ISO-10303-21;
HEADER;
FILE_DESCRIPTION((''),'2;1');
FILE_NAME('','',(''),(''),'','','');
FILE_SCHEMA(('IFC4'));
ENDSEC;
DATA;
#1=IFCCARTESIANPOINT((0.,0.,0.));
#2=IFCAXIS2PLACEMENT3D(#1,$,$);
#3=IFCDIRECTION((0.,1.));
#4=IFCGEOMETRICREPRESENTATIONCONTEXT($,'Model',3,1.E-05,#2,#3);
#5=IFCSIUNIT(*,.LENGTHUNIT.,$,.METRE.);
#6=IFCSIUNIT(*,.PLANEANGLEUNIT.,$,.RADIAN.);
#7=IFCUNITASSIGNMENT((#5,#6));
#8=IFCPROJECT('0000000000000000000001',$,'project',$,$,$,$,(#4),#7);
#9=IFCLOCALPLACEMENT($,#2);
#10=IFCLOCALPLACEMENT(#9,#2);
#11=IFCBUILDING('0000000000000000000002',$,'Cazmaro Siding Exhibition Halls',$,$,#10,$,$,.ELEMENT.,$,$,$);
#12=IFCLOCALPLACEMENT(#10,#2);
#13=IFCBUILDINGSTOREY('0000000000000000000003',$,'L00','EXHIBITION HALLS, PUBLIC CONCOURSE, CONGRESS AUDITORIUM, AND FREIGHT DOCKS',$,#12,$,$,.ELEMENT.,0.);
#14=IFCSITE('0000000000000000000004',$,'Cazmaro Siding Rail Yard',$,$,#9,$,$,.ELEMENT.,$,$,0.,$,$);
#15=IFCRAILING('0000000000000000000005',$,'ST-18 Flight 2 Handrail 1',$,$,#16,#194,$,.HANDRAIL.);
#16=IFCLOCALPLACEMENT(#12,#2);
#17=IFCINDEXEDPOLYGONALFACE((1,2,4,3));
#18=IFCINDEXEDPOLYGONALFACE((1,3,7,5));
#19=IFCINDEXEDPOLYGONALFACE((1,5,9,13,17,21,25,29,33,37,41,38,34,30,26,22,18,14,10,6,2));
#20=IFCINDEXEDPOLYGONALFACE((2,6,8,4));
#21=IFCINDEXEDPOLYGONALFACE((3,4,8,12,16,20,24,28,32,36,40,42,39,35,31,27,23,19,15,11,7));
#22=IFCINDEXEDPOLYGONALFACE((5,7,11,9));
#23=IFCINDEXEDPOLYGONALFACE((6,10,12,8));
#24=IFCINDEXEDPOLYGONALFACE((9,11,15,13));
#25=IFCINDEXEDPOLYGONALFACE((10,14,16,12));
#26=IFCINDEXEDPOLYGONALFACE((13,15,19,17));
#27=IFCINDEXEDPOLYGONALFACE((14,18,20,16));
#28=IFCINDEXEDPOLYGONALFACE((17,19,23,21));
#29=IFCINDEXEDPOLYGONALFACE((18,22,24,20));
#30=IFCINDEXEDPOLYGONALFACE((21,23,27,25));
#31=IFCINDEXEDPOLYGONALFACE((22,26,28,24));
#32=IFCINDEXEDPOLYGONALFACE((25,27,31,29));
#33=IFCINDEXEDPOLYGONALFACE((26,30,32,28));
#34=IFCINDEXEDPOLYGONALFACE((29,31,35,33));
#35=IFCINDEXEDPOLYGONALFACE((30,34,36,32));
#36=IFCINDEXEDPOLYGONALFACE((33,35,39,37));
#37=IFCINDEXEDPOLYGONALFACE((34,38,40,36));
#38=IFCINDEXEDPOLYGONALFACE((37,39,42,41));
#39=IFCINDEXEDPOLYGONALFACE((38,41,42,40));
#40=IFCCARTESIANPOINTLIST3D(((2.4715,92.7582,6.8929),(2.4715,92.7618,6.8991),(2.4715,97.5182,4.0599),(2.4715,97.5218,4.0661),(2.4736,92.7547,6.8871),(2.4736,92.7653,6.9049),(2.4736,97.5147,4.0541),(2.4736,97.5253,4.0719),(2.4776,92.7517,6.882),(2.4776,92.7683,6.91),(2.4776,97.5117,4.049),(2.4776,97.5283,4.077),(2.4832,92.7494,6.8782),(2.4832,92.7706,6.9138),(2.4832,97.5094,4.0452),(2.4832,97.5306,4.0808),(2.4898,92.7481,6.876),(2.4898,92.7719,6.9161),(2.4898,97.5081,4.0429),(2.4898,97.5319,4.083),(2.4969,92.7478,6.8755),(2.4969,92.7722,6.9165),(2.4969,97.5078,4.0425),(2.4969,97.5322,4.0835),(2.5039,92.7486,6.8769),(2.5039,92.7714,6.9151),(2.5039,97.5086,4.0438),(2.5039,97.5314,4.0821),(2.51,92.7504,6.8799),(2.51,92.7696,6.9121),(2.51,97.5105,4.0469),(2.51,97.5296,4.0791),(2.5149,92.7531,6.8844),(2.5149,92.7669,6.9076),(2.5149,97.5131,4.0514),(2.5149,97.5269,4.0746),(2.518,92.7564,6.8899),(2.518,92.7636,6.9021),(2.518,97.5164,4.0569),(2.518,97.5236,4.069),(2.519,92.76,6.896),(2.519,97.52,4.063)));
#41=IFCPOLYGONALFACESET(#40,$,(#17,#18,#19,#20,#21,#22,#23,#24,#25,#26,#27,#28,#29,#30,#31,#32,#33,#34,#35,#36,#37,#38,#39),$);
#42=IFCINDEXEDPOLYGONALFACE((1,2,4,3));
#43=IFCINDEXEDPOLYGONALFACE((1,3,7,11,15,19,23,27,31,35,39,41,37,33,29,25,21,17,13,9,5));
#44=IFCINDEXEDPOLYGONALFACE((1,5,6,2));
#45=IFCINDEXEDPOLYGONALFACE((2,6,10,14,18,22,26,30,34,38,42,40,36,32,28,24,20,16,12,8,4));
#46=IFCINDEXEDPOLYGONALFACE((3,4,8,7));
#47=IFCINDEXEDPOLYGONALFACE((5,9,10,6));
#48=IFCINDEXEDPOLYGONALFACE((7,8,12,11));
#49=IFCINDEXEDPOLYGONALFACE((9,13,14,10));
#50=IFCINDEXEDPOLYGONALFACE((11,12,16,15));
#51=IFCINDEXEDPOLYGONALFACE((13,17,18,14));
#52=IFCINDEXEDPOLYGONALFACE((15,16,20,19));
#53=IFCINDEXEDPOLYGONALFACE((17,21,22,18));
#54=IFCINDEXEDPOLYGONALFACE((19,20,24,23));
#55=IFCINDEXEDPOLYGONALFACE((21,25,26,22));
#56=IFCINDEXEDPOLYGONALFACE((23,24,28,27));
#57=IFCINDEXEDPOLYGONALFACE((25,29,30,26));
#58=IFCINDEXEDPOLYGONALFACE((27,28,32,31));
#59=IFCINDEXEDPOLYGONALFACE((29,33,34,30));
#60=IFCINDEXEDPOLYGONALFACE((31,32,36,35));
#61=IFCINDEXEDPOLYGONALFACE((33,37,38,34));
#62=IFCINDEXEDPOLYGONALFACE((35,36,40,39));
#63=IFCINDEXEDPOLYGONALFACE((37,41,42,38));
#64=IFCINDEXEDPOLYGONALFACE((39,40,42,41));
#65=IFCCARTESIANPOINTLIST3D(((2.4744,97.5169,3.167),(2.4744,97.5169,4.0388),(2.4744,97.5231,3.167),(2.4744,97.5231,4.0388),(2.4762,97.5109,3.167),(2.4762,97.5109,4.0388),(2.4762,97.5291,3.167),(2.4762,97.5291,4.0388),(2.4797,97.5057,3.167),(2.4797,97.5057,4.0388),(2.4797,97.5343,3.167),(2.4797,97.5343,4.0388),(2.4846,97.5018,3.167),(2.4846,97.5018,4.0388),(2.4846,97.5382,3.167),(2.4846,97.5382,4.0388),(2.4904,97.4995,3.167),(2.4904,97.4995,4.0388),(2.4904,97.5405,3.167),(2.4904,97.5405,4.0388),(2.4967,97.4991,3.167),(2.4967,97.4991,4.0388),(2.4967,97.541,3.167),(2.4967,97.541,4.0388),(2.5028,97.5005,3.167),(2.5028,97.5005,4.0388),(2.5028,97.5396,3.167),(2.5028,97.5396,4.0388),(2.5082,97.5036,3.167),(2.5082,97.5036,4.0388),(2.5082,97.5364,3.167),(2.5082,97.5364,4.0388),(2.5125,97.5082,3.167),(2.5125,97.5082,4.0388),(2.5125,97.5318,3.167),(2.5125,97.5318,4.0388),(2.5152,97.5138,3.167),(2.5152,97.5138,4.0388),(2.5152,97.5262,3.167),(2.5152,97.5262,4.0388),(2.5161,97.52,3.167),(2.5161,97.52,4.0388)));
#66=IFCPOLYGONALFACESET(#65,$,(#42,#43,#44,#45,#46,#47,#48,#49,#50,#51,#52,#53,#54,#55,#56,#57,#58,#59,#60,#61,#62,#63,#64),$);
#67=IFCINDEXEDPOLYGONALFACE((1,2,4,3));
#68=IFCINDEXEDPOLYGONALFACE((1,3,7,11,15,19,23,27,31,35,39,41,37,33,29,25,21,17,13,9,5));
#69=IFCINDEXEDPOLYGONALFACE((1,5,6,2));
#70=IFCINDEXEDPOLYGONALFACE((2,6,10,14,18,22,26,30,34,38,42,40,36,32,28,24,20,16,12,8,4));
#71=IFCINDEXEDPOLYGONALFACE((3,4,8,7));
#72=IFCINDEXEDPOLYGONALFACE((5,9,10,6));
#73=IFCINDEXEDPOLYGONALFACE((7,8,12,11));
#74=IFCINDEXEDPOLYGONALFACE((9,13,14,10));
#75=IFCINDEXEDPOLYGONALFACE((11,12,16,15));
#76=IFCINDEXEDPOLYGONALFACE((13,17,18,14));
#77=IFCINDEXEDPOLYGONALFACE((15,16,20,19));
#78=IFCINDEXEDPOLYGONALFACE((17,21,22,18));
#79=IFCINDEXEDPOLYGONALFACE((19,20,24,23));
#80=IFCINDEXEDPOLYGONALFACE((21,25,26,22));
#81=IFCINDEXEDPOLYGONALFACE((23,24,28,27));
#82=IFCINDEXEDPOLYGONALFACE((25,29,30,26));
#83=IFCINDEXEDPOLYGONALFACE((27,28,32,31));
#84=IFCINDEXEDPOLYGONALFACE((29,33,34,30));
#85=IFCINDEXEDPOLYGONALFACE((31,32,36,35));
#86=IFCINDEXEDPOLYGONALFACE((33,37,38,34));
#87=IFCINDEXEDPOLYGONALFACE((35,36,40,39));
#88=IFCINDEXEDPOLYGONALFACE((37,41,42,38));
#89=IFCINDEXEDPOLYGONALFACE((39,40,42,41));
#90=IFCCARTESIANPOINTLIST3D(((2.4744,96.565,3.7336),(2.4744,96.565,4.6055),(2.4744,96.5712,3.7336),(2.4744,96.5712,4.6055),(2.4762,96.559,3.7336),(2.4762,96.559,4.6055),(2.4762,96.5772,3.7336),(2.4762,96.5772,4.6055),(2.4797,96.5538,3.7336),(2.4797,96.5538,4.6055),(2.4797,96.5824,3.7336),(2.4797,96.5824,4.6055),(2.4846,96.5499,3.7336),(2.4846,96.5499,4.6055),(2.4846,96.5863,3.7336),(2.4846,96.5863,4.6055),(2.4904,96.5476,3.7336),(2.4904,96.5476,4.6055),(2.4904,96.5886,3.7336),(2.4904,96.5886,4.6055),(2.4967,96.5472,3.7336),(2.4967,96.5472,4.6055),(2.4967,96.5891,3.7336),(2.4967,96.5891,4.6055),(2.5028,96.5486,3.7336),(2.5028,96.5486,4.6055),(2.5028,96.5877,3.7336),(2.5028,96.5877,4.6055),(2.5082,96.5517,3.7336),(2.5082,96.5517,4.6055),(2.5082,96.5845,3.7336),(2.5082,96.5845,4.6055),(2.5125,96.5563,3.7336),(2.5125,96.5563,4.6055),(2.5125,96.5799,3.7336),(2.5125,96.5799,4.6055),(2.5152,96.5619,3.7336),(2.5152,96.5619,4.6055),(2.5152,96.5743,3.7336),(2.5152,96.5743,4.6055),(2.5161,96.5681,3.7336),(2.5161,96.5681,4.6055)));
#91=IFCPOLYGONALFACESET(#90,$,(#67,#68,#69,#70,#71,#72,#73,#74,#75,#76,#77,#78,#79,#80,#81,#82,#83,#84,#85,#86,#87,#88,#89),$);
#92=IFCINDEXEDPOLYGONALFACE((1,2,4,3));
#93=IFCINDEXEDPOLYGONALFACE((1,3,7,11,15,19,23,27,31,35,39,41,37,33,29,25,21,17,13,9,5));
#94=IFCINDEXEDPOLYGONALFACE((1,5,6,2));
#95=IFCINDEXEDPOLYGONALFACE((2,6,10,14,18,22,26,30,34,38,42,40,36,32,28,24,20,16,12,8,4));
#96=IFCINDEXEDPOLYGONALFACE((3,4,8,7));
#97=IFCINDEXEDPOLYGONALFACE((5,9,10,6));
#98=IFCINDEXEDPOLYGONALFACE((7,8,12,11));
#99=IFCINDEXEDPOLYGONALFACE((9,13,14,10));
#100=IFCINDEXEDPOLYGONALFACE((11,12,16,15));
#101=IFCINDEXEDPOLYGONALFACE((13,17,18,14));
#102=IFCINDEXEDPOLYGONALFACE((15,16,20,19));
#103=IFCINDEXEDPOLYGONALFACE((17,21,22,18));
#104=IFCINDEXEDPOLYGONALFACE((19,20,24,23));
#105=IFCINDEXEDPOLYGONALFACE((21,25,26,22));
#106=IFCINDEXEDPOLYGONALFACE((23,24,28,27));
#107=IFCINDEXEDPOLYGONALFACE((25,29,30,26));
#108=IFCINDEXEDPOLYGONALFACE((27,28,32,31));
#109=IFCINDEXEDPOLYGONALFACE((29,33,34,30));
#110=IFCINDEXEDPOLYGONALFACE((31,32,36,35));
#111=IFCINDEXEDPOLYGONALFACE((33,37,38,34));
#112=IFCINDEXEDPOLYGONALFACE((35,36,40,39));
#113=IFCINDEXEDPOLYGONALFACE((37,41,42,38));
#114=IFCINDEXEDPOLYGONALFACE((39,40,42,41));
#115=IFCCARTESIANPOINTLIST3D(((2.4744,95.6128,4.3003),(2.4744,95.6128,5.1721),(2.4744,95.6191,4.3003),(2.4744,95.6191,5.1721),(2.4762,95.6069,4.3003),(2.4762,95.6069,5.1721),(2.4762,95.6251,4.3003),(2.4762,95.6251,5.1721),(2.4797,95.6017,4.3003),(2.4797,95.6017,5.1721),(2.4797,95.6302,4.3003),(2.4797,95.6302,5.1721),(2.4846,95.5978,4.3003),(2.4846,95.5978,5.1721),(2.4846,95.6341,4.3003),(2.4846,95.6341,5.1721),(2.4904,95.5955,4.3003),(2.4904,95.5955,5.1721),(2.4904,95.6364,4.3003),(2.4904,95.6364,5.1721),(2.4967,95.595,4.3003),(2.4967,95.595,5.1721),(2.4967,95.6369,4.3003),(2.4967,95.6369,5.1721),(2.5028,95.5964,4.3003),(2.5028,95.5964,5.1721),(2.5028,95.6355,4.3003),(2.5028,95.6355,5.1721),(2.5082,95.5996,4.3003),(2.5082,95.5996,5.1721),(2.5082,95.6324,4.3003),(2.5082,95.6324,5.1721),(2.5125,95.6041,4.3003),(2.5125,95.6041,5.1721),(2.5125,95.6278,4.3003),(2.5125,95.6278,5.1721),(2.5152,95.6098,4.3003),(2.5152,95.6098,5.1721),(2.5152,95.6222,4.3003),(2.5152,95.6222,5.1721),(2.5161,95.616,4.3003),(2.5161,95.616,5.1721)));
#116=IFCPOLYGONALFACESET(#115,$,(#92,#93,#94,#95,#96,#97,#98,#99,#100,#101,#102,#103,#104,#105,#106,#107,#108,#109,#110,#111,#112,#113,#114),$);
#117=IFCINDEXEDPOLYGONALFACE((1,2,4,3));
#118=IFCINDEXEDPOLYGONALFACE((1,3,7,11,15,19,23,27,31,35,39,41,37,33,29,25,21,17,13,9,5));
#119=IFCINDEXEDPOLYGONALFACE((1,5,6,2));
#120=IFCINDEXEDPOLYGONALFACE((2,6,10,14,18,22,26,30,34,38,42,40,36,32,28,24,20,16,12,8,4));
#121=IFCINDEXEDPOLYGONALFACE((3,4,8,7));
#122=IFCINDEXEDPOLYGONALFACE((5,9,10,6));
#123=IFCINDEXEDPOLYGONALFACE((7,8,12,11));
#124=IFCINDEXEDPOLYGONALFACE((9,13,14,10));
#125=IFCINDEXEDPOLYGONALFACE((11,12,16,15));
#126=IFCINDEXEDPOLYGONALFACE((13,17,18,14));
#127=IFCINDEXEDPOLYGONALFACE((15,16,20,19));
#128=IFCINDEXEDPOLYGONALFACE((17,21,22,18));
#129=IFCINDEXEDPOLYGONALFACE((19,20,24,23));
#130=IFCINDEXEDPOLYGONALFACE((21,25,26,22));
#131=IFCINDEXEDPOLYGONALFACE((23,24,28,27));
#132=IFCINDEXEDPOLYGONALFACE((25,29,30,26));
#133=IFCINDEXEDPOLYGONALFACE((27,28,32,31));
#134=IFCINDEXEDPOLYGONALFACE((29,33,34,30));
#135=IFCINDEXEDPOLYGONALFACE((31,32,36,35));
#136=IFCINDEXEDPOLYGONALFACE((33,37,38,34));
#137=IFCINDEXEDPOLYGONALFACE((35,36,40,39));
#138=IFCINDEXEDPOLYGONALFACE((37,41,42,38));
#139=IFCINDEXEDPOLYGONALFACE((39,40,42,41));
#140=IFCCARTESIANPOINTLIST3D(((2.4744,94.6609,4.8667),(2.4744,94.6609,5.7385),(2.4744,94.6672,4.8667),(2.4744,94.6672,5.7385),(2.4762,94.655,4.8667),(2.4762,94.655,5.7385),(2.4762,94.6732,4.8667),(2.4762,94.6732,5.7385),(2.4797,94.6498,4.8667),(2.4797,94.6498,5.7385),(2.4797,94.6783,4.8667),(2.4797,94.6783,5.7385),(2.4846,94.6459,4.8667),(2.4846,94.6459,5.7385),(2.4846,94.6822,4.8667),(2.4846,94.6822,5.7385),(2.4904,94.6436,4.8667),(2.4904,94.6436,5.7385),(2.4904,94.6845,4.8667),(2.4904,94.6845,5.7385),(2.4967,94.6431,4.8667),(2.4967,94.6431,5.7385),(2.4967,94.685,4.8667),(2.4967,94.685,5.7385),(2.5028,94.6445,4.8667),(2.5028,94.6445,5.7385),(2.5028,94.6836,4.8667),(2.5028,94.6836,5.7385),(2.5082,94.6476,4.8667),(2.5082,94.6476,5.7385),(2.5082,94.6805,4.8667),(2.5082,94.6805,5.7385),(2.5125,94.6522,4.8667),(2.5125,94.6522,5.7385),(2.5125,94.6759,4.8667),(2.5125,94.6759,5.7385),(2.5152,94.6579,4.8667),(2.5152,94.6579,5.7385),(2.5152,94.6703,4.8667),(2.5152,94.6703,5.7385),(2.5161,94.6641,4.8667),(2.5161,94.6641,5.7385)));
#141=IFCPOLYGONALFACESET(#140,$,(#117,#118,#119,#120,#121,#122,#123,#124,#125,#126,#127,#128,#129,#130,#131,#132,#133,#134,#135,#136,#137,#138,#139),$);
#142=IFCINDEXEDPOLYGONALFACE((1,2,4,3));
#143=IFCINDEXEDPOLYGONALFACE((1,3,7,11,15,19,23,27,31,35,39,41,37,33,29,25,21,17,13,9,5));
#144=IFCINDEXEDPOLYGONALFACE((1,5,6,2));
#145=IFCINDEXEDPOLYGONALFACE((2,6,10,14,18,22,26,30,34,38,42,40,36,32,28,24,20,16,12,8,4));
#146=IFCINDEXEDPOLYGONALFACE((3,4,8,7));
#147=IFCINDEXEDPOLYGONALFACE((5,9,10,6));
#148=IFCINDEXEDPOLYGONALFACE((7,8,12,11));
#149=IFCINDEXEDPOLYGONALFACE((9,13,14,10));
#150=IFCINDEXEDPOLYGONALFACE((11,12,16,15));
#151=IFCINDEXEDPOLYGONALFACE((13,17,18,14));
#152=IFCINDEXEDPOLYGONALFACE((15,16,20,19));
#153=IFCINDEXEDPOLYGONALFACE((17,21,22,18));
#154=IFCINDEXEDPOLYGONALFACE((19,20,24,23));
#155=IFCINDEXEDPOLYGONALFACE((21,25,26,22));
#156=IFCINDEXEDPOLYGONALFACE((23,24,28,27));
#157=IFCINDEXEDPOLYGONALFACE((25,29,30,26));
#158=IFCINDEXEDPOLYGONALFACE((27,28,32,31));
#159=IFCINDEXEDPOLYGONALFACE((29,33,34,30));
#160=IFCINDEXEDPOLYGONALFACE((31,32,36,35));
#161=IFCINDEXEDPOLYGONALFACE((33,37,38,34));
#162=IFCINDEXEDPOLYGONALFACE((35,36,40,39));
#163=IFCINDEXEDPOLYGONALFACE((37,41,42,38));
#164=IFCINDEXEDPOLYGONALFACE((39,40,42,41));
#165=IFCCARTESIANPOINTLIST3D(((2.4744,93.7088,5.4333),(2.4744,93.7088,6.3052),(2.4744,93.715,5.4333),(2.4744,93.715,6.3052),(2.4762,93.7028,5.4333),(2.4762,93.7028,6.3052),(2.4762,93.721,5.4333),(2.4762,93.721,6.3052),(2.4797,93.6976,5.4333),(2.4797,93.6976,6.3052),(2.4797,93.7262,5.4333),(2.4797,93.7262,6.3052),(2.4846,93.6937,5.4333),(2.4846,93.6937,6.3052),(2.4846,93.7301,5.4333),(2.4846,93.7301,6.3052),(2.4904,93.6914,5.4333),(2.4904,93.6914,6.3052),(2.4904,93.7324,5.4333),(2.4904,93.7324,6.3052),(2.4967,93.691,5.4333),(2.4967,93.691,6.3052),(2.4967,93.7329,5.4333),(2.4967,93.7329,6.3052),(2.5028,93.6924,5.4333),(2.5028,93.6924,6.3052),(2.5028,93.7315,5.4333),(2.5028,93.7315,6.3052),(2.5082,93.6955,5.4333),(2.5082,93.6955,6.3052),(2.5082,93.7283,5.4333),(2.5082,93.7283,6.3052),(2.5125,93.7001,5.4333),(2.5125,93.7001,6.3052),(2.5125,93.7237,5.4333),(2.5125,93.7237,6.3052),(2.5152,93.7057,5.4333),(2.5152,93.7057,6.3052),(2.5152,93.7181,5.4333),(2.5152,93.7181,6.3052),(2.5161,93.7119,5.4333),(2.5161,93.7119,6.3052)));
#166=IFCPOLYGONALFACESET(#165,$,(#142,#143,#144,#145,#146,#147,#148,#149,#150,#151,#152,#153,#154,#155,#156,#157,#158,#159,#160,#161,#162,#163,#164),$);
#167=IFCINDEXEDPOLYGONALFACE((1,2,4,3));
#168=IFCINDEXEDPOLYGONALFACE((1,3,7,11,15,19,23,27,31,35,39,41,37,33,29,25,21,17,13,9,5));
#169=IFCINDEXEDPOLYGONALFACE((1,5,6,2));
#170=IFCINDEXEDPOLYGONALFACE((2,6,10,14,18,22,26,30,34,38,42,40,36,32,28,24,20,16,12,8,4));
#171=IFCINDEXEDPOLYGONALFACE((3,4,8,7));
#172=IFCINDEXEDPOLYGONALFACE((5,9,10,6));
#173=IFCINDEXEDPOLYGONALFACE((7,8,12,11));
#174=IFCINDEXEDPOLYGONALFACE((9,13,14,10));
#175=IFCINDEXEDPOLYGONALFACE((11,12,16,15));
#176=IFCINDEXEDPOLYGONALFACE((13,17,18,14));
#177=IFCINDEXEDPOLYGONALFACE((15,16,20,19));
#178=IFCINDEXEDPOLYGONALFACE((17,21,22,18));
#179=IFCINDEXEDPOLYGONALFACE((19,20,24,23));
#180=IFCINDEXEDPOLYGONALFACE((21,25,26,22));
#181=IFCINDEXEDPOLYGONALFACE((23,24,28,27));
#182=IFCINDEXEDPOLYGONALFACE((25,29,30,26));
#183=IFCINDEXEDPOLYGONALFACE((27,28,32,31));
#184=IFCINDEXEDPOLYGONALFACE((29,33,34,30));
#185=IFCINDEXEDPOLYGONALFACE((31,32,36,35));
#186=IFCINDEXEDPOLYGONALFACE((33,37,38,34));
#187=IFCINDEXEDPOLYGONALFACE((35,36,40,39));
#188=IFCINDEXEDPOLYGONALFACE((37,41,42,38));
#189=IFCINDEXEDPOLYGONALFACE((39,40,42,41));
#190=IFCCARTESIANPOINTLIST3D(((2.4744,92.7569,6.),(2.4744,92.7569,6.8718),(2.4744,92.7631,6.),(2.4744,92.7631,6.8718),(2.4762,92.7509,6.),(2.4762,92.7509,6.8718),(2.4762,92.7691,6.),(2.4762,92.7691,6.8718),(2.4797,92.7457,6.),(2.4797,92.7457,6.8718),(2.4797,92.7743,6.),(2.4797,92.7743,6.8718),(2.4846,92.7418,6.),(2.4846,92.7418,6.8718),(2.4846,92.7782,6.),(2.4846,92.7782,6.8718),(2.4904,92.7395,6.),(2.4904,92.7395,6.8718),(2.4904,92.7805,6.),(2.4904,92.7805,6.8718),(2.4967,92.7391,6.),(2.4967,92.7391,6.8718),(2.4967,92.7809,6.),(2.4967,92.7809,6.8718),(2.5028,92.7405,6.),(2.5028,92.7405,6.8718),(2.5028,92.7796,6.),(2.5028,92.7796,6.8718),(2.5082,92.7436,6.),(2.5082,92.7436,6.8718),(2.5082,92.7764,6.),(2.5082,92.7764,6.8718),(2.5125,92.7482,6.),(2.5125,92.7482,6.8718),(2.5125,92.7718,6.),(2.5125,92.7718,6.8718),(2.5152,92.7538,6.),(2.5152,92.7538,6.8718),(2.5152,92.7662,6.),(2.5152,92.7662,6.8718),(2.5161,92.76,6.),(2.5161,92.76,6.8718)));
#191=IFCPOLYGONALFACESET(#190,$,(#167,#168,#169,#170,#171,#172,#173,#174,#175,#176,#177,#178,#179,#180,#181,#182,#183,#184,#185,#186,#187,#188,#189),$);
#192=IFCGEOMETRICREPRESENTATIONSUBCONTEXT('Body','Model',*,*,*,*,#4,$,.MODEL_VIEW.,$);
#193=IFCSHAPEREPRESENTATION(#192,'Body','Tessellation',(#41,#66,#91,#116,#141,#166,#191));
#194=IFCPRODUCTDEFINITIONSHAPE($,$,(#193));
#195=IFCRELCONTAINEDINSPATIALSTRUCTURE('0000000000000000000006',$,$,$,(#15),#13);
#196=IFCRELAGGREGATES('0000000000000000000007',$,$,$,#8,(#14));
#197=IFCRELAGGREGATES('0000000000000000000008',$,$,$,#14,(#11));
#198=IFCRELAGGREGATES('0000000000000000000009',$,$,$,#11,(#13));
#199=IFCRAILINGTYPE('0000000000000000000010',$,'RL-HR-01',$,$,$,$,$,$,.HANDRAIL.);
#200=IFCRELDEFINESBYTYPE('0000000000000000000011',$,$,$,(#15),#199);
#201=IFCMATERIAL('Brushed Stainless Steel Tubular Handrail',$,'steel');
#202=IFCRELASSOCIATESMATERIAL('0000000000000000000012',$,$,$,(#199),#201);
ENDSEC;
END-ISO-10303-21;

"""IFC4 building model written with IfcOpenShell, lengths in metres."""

from ifc_helpers import new_model, si_unit, direction, frame, origin, origin_2d, place, context, subcontext, project, spatial, circle, extrude, material, type_object, element, save


model = new_model("IFC4")

# Units and contexts
model_context = context("Model", 3, precision=1e-05, world=origin(), true_north=direction((0.0, 1.0)))
body_context = subcontext(model_context, "Body", "Model", "MODEL_VIEW")
ifc_project = project(units=[si_unit("LENGTHUNIT", "METRE"), si_unit("PLANEANGLEUNIT", "RADIAN")], contexts=[model_context])

# Site, building, storey
site_placement = place(None, origin())
site = spatial("IfcSite", under=ifc_project, at=site_placement, Name="Cazmaro Siding Rail Yard", CompositionType="ELEMENT", RefElevation=0.0)
building_placement = place(site_placement, origin())
building = spatial("IfcBuilding", under=site, at=building_placement, Name="Cazmaro Siding Exhibition Halls", CompositionType="ELEMENT")
storey_placement = place(building_placement, origin())
storey = spatial("IfcBuildingStorey", under=building, at=storey_placement, Name="L00", Description="EXHIBITION HALLS, PUBLIC CONCOURSE, CONGRESS AUDITORIUM, AND FREIGHT DOCKS", CompositionType="ELEMENT", Elevation=0.0)

# Railing
ifc_material_1 = material(Name="Brushed Stainless Steel Tubular Handrail", Category="steel")
railing_type_1 = type_object("IfcRailingType", Name="RL-HR-01", PredefinedType="HANDRAIL", material=ifc_material_1)
for number, where, name in (
    (1, (2.4951, 97.52, 3.167), "ST-18 Flight 2 Handrail 1"),
):
    element("IfcRailing", number, at=place(storey_placement, frame(where)), inside=storey, type_object=railing_type_1, Name=name, PredefinedType="HANDRAIL", context=body_context, shape_type="SweptSolid", body=[
        extrude(circle(Radius=0.0239, at=origin_2d()), frame((0.0, 0.0, 0.896), z_axis=(0.0, -0.859319, 0.51144), x_axis=(1.0, 0.0, 0.0)), (0.0, 0.0, 1.0), 5.5393),
        extrude(circle(Radius=0.021, at=origin_2d()), origin(), (0.0, 0.0, 1.0), 0.8718),
        extrude(circle(Radius=0.021, at=origin_2d()), frame((0.0, -0.9519, 0.5667)), (0.0, 0.0, 1.0), 0.8718),
        extrude(circle(Radius=0.021, at=origin_2d()), frame((0.0, -1.9041, 1.1333)), (0.0, 0.0, 1.0), 0.8718),
        extrude(circle(Radius=0.021, at=origin_2d()), frame((0.0, -2.856, 1.6997)), (0.0, 0.0, 1.0), 0.8718),
        extrude(circle(Radius=0.021, at=origin_2d()), frame((0.0, -3.8081, 2.2664)), (0.0, 0.0, 1.0), 0.8718),
        extrude(circle(Radius=0.021, at=origin_2d()), frame((0.0, -4.76, 2.833)), (0.0, 0.0, 1.0), 0.8718),
    ])

save(model, "model.ifc")
